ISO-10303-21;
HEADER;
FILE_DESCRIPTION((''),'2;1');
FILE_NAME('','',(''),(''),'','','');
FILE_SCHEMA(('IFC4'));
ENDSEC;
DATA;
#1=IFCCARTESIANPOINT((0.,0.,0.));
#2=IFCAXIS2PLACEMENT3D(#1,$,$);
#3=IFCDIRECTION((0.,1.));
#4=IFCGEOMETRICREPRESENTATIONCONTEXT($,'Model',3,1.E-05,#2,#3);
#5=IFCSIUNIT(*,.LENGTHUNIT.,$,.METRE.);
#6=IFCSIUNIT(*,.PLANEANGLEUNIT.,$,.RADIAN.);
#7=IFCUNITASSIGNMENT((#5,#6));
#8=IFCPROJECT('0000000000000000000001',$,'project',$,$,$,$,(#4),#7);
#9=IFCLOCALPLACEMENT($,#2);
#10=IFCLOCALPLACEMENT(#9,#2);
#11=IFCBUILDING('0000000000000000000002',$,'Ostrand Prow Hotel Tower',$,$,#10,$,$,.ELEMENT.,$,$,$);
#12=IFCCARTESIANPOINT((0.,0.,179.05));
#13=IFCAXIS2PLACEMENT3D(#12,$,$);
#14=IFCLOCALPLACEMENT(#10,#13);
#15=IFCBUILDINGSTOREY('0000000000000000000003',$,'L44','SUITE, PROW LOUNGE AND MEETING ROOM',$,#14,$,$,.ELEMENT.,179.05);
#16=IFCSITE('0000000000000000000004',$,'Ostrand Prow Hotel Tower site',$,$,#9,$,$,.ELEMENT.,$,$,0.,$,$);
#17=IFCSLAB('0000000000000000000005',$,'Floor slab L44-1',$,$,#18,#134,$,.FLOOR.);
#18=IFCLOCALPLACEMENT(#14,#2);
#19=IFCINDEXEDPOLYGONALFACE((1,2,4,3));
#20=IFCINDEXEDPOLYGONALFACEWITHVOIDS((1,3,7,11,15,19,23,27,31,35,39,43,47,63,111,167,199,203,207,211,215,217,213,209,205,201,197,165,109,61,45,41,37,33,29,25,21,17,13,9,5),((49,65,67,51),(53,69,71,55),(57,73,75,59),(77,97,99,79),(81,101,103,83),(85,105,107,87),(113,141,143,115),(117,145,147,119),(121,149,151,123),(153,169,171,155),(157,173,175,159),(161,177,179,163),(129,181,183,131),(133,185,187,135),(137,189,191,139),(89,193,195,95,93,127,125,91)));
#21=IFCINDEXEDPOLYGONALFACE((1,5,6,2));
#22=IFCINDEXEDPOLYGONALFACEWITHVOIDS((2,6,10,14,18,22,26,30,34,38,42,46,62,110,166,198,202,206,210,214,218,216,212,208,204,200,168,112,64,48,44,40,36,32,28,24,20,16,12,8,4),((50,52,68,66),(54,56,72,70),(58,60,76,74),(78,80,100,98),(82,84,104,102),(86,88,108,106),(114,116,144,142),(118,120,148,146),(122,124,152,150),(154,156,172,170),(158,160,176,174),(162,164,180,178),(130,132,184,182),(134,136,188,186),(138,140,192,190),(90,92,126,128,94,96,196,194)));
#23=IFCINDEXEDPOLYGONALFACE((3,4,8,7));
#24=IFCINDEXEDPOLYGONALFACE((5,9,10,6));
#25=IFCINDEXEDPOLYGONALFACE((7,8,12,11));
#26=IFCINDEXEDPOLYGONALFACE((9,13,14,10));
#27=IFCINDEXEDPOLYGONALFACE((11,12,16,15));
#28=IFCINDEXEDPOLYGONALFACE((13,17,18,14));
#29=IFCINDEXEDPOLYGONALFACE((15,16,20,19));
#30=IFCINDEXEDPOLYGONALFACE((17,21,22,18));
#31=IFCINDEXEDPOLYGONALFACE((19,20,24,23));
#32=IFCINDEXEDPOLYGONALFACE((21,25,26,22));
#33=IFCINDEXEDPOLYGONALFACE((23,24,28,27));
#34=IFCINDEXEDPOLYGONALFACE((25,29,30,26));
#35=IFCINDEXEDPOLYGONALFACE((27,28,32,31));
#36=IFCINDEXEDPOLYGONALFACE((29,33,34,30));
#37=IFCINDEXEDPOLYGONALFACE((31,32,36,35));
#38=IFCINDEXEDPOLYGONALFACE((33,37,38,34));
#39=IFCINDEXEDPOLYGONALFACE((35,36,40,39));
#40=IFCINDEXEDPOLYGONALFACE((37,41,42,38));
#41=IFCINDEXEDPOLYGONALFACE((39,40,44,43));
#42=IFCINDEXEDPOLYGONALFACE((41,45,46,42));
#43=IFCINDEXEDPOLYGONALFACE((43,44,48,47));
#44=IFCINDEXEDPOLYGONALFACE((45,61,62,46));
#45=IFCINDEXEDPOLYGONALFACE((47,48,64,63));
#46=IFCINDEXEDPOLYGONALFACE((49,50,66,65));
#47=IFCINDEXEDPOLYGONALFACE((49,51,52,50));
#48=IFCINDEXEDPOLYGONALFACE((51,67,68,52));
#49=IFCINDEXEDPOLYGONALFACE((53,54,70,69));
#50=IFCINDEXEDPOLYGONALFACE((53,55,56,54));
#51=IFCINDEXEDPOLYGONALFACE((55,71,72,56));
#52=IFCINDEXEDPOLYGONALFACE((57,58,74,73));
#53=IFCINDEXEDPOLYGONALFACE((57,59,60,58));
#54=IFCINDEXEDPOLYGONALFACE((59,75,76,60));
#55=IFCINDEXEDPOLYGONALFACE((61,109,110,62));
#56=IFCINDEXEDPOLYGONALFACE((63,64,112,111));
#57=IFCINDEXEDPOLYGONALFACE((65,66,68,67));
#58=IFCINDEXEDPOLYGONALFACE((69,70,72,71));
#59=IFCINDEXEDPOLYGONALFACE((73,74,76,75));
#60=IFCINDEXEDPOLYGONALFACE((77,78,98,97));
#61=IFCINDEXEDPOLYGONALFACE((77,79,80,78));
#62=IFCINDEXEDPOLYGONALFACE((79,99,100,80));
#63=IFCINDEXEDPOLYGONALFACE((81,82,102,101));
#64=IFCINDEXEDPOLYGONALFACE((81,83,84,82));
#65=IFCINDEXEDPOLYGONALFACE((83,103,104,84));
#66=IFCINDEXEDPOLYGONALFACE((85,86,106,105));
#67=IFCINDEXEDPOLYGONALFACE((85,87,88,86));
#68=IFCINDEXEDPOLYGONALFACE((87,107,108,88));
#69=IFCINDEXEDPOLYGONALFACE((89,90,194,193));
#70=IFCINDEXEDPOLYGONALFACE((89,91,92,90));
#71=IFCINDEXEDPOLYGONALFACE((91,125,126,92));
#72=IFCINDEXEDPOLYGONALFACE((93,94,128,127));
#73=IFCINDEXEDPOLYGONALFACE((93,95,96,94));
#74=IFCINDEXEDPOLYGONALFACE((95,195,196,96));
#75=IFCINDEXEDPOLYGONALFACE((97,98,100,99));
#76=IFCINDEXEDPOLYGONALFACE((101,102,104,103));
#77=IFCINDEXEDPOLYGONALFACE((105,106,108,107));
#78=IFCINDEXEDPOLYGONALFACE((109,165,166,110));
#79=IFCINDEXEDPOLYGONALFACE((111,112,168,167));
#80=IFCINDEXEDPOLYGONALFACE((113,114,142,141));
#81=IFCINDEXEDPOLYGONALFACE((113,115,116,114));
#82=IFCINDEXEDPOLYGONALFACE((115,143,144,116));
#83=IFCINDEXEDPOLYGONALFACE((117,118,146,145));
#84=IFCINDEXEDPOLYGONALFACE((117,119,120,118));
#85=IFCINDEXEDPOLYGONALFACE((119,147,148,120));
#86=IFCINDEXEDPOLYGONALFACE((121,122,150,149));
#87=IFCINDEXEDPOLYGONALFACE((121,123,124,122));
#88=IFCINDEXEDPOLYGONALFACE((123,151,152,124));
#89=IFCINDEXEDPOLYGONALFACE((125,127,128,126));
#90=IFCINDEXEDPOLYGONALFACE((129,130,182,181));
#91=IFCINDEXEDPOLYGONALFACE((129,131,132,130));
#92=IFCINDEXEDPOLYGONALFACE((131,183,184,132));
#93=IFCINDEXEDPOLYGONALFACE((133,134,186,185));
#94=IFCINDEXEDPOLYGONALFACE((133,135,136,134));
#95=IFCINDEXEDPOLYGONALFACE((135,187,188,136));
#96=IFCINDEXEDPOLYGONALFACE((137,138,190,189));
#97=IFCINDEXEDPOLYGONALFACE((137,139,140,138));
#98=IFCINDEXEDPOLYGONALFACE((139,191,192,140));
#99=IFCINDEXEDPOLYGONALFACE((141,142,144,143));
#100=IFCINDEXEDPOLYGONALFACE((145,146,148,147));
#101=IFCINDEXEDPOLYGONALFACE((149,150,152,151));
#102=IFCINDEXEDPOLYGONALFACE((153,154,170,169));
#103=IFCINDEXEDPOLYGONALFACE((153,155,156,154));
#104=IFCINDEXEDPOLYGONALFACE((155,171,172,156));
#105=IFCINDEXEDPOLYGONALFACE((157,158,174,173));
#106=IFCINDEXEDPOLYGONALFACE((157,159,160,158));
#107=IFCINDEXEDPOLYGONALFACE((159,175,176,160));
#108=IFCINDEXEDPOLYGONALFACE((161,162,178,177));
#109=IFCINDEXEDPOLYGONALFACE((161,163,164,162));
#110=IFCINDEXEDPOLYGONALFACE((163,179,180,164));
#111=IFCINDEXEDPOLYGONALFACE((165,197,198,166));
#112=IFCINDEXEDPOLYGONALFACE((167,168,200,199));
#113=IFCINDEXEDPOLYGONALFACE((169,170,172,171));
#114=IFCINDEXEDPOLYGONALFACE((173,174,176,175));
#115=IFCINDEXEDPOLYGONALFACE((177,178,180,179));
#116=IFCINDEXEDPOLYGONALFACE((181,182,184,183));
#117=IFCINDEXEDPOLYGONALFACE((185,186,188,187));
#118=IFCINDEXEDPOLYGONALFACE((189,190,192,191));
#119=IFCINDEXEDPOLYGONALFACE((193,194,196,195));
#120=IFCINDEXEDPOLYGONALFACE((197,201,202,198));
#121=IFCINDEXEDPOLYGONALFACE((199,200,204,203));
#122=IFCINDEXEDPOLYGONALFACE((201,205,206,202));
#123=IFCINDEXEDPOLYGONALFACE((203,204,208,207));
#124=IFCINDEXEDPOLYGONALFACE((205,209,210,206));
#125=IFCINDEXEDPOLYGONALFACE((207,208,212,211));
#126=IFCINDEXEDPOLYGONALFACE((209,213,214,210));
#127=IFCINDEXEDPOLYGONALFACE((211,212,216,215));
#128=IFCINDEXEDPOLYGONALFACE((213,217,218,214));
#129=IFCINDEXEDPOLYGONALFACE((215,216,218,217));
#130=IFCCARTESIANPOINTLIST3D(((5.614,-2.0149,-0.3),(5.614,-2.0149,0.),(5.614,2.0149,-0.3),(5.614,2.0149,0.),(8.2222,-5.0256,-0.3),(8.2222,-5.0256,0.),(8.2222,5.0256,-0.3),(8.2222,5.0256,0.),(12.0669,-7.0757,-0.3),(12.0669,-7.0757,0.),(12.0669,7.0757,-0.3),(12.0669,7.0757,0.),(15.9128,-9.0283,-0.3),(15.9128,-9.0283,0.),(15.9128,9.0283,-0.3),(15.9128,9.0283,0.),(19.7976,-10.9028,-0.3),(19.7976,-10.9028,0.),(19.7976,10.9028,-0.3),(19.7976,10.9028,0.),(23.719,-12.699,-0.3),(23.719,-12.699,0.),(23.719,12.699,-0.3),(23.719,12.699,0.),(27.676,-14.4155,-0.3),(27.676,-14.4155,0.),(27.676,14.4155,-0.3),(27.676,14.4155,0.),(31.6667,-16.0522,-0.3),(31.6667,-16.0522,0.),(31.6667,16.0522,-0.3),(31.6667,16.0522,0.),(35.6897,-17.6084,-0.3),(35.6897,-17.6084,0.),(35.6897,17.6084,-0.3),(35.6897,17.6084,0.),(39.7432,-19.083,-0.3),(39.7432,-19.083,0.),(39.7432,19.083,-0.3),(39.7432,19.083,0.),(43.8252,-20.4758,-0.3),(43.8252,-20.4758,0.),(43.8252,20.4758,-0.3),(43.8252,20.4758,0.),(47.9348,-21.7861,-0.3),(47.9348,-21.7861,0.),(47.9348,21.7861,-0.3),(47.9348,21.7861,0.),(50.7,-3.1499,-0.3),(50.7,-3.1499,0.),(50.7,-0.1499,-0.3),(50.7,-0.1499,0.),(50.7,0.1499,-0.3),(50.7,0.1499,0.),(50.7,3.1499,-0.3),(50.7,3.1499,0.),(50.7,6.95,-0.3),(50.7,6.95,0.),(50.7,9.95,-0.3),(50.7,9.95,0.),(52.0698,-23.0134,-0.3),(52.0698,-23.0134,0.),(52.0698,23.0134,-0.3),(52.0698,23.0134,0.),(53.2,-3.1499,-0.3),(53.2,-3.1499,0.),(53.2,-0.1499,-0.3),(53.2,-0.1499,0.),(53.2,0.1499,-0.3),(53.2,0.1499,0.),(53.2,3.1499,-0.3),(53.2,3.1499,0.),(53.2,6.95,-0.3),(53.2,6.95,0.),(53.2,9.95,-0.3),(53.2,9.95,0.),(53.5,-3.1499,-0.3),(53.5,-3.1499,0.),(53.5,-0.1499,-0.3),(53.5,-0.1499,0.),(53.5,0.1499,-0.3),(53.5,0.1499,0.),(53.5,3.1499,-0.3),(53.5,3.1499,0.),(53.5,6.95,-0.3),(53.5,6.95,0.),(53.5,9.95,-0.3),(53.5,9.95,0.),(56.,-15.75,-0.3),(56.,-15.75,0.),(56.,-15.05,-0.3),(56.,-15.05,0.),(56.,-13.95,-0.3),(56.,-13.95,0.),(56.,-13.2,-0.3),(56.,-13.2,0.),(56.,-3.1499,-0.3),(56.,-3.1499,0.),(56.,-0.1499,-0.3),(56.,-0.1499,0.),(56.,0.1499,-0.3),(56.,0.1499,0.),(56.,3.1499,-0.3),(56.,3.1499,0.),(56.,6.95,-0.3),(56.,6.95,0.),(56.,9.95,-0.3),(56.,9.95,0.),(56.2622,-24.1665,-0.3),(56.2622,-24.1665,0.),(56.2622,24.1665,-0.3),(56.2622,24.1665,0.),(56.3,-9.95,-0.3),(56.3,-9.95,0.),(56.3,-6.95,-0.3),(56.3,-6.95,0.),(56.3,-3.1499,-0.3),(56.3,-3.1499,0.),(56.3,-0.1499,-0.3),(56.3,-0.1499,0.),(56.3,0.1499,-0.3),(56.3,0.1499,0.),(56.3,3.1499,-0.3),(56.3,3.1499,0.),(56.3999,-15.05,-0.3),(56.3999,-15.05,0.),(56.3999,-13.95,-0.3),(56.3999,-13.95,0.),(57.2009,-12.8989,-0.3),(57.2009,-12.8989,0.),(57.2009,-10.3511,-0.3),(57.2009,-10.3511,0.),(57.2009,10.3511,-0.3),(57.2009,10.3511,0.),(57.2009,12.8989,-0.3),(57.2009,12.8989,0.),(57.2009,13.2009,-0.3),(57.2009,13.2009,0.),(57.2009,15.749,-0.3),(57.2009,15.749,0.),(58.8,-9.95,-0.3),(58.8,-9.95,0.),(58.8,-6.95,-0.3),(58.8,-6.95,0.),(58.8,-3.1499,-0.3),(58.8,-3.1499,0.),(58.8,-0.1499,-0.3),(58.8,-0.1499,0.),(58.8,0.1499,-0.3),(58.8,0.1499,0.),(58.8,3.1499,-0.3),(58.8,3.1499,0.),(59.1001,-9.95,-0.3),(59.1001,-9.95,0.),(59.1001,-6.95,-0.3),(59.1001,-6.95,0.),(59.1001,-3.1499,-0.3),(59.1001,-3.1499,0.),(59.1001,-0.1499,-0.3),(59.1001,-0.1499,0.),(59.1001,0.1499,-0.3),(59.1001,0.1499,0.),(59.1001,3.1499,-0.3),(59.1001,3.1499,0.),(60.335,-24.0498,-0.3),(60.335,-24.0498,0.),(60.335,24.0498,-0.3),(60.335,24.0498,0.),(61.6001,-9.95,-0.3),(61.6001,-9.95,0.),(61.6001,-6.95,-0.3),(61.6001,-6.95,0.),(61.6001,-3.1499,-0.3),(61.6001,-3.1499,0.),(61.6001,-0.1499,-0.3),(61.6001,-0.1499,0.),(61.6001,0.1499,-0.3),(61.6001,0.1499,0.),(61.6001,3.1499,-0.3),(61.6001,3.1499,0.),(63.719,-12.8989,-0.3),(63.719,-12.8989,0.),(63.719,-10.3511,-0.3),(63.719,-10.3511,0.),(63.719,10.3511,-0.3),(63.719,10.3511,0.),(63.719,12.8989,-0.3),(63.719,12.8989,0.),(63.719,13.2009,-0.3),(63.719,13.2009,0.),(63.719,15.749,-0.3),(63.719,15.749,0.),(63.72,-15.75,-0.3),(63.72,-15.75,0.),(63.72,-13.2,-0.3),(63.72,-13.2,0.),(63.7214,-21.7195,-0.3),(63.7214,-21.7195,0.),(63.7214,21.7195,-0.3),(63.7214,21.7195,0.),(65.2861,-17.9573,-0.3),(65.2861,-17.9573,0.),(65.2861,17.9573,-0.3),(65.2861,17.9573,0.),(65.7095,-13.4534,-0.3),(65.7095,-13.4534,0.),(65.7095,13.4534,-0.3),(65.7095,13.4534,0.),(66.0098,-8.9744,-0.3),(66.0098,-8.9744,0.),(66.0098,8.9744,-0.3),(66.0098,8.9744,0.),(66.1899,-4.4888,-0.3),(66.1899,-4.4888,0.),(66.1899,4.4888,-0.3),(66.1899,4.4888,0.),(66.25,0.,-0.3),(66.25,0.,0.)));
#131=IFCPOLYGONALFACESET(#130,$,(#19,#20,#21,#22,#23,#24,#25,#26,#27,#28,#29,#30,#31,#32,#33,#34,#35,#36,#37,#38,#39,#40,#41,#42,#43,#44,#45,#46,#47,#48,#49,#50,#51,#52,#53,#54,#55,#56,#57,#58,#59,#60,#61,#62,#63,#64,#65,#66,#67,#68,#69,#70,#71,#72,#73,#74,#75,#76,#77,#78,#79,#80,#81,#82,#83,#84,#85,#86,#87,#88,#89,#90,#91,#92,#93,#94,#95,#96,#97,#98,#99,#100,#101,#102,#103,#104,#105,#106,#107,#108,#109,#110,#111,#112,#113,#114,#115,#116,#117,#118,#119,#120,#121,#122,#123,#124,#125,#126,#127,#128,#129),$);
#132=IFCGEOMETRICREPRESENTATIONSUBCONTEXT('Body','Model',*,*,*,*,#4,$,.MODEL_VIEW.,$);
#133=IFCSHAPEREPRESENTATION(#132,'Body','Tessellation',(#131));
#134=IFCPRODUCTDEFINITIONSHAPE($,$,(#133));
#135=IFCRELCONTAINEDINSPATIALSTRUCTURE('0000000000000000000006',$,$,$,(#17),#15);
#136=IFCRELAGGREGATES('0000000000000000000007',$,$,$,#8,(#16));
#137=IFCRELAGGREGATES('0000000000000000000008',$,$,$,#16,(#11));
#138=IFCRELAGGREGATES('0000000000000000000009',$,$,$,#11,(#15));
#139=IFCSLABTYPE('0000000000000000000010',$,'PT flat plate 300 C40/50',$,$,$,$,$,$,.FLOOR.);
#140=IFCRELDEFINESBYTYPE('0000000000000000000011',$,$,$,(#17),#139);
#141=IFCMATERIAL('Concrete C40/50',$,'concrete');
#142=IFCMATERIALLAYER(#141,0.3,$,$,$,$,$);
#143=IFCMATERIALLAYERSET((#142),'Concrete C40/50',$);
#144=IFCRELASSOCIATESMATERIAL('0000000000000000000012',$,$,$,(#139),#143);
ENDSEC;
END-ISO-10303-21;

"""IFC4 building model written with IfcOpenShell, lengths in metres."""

from ifc_helpers import new_model, si_unit, direction, frame, origin, place, context, subcontext, project, spatial, polyline, outline, extrude, material, layer, layer_set, type_object, element, save


model = new_model("IFC4")

# Units and contexts
model_context = context("Model", 3, precision=1e-05, world=origin(), true_north=direction((0.0, 1.0)))
body_context = subcontext(model_context, "Body", "Model", "MODEL_VIEW")
ifc_project = project(units=[si_unit("LENGTHUNIT", "METRE"), si_unit("PLANEANGLEUNIT", "RADIAN")], contexts=[model_context])

# Site, building, storey
site_placement = place(None, origin())
site = spatial("IfcSite", under=ifc_project, at=site_placement, Name="Ostrand Prow Hotel Tower site", CompositionType="ELEMENT", RefElevation=0.0)
building_placement = place(site_placement, origin())
building = spatial("IfcBuilding", under=site, at=building_placement, Name="Ostrand Prow Hotel Tower", CompositionType="ELEMENT")
storey_placement = place(building_placement, frame((0.0, 0.0, 179.05)))
storey = spatial("IfcBuildingStorey", under=building, at=storey_placement, Name="L44", Description="SUITE, PROW LOUNGE AND MEETING ROOM", CompositionType="ELEMENT", Elevation=179.05)

# Slab, opening
ifc_material_1 = material(Name="Concrete C40/50", Category="concrete")
ifc_layer_1 = layer(ifc_material_1, 0.3)
ifc_layer_set_1 = layer_set([ifc_layer_1], Name="Concrete C40/50")
slab_type = type_object("IfcSlabType", Name="PT flat plate 300 C40/50", PredefinedType="FLOOR", material=ifc_layer_set_1)
slab_placement = place(storey_placement, frame((0.0, 0.0, -0.3)))
slab = element("IfcSlab", 1, at=slab_placement, inside=storey, type_object=slab_type, Name="Floor slab L44-1", PredefinedType="FLOOR", context=body_context, shape_type="SweptSolid", body=[
    extrude(outline(polyline([(8.2222, 5.0256), (12.0669, 7.0757), (15.9128, 9.0283), (19.7976, 10.9028), (23.719, 12.699), (27.676, 14.4155), (31.6667, 16.0522), (35.6897, 17.6084), (39.7432, 19.083), (43.8252, 20.4758), (47.9348, 21.7861), (52.0698, 23.0134), (56.2622, 24.1665), (60.335, 24.0498), (63.7214, 21.7195), (65.2861, 17.9573), (65.7095, 13.4534), (66.0098, 8.9744), (66.1899, 4.4888), (66.25, 0.0), (66.1899, -4.4888), (66.0098, -8.9744), (65.7095, -13.4534), (65.2861, -17.9573), (63.7214, -21.7195), (60.335, -24.0498), (56.2622, -24.1665), (52.0698, -23.0134), (47.9348, -21.7861), (43.8252, -20.4758), (39.7432, -19.083), (35.6897, -17.6084), (31.6667, -16.0522), (27.676, -14.4155), (23.719, -12.699), (19.7976, -10.9028), (15.9128, -9.0283), (12.0669, -7.0757), (8.2222, -5.0256), (5.614, -2.0149), (5.614, 2.0149), (8.2222, 5.0256)]), holes=[polyline([(50.7, 6.95), (53.2, 6.95), (53.2, 9.95), (50.7, 9.95), (50.7, 6.95)]), polyline([(53.5, 6.95), (56.0, 6.95), (56.0, 9.95), (53.5, 9.95), (53.5, 6.95)]), polyline([(50.7, 0.1499), (53.2, 0.1499), (53.2, 3.1499), (50.7, 3.1499), (50.7, 0.1499)]), polyline([(53.5, 0.1499), (56.0, 0.1499), (56.0, 3.1499), (53.5, 3.1499), (53.5, 0.1499)]), polyline([(56.3, 0.1499), (58.8, 0.1499), (58.8, 3.1499), (56.3, 3.1499), (56.3, 0.1499)]), polyline([(59.1001, 0.1499), (61.6001, 0.1499), (61.6001, 3.1499), (59.1001, 3.1499), (59.1001, 0.1499)]), polyline([(50.7, -3.1499), (53.2, -3.1499), (53.2, -0.1499), (50.7, -0.1499), (50.7, -3.1499)]), polyline([(53.5, -3.1499), (56.0, -3.1499), (56.0, -0.1499), (53.5, -0.1499), (53.5, -3.1499)]), polyline([(56.3, -3.1499), (58.8, -3.1499), (58.8, -0.1499), (56.3, -0.1499), (56.3, -3.1499)]), polyline([(59.1001, -3.1499), (61.6001, -3.1499), (61.6001, -0.1499), (59.1001, -0.1499), (59.1001, -3.1499)]), polyline([(56.3, -9.95), (58.8, -9.95), (58.8, -6.95), (56.3, -6.95), (56.3, -9.95)]), polyline([(59.1001, -9.95), (61.6001, -9.95), (61.6001, -6.95), (59.1001, -6.95), (59.1001, -9.95)]), polyline([(57.2009, 10.3511), (57.2009, 12.8989), (63.719, 12.8989), (63.719, 10.3511), (57.2009, 10.3511)]), polyline([(57.2009, 13.2009), (57.2009, 15.749), (63.719, 15.749), (63.719, 13.2009), (57.2009, 13.2009)]), polyline([(57.2009, -12.8989), (57.2009, -10.3511), (63.719, -10.3511), (63.719, -12.8989), (57.2009, -12.8989)]), polyline([(63.72, -13.2), (63.72, -15.75), (56.0, -15.75), (56.0, -15.05), (56.3999, -15.05), (56.3999, -13.95), (56.0, -13.95), (56.0, -13.2), (63.72, -13.2)])]), origin(), (0.0, 0.0, 1.0), 0.3),
])
opening_1_placement = place(slab_placement, origin())
element("IfcOpeningElement", 2, at=opening_1_placement, cuts=slab, PredefinedType="OPENING", context=body_context, shape_type="SweptSolid", body=[
    extrude(outline(polyline([(63.72, -13.2), (63.72, -15.75), (56.0, -15.75), (56.0, -15.05), (56.3999, -15.05), (56.3999, -13.95), (56.0, -13.95), (56.0, -13.2), (63.72, -13.2)])), origin(), (0.0, 0.0, 1.0), 0.3),
])

save(model, "model.ifc")
